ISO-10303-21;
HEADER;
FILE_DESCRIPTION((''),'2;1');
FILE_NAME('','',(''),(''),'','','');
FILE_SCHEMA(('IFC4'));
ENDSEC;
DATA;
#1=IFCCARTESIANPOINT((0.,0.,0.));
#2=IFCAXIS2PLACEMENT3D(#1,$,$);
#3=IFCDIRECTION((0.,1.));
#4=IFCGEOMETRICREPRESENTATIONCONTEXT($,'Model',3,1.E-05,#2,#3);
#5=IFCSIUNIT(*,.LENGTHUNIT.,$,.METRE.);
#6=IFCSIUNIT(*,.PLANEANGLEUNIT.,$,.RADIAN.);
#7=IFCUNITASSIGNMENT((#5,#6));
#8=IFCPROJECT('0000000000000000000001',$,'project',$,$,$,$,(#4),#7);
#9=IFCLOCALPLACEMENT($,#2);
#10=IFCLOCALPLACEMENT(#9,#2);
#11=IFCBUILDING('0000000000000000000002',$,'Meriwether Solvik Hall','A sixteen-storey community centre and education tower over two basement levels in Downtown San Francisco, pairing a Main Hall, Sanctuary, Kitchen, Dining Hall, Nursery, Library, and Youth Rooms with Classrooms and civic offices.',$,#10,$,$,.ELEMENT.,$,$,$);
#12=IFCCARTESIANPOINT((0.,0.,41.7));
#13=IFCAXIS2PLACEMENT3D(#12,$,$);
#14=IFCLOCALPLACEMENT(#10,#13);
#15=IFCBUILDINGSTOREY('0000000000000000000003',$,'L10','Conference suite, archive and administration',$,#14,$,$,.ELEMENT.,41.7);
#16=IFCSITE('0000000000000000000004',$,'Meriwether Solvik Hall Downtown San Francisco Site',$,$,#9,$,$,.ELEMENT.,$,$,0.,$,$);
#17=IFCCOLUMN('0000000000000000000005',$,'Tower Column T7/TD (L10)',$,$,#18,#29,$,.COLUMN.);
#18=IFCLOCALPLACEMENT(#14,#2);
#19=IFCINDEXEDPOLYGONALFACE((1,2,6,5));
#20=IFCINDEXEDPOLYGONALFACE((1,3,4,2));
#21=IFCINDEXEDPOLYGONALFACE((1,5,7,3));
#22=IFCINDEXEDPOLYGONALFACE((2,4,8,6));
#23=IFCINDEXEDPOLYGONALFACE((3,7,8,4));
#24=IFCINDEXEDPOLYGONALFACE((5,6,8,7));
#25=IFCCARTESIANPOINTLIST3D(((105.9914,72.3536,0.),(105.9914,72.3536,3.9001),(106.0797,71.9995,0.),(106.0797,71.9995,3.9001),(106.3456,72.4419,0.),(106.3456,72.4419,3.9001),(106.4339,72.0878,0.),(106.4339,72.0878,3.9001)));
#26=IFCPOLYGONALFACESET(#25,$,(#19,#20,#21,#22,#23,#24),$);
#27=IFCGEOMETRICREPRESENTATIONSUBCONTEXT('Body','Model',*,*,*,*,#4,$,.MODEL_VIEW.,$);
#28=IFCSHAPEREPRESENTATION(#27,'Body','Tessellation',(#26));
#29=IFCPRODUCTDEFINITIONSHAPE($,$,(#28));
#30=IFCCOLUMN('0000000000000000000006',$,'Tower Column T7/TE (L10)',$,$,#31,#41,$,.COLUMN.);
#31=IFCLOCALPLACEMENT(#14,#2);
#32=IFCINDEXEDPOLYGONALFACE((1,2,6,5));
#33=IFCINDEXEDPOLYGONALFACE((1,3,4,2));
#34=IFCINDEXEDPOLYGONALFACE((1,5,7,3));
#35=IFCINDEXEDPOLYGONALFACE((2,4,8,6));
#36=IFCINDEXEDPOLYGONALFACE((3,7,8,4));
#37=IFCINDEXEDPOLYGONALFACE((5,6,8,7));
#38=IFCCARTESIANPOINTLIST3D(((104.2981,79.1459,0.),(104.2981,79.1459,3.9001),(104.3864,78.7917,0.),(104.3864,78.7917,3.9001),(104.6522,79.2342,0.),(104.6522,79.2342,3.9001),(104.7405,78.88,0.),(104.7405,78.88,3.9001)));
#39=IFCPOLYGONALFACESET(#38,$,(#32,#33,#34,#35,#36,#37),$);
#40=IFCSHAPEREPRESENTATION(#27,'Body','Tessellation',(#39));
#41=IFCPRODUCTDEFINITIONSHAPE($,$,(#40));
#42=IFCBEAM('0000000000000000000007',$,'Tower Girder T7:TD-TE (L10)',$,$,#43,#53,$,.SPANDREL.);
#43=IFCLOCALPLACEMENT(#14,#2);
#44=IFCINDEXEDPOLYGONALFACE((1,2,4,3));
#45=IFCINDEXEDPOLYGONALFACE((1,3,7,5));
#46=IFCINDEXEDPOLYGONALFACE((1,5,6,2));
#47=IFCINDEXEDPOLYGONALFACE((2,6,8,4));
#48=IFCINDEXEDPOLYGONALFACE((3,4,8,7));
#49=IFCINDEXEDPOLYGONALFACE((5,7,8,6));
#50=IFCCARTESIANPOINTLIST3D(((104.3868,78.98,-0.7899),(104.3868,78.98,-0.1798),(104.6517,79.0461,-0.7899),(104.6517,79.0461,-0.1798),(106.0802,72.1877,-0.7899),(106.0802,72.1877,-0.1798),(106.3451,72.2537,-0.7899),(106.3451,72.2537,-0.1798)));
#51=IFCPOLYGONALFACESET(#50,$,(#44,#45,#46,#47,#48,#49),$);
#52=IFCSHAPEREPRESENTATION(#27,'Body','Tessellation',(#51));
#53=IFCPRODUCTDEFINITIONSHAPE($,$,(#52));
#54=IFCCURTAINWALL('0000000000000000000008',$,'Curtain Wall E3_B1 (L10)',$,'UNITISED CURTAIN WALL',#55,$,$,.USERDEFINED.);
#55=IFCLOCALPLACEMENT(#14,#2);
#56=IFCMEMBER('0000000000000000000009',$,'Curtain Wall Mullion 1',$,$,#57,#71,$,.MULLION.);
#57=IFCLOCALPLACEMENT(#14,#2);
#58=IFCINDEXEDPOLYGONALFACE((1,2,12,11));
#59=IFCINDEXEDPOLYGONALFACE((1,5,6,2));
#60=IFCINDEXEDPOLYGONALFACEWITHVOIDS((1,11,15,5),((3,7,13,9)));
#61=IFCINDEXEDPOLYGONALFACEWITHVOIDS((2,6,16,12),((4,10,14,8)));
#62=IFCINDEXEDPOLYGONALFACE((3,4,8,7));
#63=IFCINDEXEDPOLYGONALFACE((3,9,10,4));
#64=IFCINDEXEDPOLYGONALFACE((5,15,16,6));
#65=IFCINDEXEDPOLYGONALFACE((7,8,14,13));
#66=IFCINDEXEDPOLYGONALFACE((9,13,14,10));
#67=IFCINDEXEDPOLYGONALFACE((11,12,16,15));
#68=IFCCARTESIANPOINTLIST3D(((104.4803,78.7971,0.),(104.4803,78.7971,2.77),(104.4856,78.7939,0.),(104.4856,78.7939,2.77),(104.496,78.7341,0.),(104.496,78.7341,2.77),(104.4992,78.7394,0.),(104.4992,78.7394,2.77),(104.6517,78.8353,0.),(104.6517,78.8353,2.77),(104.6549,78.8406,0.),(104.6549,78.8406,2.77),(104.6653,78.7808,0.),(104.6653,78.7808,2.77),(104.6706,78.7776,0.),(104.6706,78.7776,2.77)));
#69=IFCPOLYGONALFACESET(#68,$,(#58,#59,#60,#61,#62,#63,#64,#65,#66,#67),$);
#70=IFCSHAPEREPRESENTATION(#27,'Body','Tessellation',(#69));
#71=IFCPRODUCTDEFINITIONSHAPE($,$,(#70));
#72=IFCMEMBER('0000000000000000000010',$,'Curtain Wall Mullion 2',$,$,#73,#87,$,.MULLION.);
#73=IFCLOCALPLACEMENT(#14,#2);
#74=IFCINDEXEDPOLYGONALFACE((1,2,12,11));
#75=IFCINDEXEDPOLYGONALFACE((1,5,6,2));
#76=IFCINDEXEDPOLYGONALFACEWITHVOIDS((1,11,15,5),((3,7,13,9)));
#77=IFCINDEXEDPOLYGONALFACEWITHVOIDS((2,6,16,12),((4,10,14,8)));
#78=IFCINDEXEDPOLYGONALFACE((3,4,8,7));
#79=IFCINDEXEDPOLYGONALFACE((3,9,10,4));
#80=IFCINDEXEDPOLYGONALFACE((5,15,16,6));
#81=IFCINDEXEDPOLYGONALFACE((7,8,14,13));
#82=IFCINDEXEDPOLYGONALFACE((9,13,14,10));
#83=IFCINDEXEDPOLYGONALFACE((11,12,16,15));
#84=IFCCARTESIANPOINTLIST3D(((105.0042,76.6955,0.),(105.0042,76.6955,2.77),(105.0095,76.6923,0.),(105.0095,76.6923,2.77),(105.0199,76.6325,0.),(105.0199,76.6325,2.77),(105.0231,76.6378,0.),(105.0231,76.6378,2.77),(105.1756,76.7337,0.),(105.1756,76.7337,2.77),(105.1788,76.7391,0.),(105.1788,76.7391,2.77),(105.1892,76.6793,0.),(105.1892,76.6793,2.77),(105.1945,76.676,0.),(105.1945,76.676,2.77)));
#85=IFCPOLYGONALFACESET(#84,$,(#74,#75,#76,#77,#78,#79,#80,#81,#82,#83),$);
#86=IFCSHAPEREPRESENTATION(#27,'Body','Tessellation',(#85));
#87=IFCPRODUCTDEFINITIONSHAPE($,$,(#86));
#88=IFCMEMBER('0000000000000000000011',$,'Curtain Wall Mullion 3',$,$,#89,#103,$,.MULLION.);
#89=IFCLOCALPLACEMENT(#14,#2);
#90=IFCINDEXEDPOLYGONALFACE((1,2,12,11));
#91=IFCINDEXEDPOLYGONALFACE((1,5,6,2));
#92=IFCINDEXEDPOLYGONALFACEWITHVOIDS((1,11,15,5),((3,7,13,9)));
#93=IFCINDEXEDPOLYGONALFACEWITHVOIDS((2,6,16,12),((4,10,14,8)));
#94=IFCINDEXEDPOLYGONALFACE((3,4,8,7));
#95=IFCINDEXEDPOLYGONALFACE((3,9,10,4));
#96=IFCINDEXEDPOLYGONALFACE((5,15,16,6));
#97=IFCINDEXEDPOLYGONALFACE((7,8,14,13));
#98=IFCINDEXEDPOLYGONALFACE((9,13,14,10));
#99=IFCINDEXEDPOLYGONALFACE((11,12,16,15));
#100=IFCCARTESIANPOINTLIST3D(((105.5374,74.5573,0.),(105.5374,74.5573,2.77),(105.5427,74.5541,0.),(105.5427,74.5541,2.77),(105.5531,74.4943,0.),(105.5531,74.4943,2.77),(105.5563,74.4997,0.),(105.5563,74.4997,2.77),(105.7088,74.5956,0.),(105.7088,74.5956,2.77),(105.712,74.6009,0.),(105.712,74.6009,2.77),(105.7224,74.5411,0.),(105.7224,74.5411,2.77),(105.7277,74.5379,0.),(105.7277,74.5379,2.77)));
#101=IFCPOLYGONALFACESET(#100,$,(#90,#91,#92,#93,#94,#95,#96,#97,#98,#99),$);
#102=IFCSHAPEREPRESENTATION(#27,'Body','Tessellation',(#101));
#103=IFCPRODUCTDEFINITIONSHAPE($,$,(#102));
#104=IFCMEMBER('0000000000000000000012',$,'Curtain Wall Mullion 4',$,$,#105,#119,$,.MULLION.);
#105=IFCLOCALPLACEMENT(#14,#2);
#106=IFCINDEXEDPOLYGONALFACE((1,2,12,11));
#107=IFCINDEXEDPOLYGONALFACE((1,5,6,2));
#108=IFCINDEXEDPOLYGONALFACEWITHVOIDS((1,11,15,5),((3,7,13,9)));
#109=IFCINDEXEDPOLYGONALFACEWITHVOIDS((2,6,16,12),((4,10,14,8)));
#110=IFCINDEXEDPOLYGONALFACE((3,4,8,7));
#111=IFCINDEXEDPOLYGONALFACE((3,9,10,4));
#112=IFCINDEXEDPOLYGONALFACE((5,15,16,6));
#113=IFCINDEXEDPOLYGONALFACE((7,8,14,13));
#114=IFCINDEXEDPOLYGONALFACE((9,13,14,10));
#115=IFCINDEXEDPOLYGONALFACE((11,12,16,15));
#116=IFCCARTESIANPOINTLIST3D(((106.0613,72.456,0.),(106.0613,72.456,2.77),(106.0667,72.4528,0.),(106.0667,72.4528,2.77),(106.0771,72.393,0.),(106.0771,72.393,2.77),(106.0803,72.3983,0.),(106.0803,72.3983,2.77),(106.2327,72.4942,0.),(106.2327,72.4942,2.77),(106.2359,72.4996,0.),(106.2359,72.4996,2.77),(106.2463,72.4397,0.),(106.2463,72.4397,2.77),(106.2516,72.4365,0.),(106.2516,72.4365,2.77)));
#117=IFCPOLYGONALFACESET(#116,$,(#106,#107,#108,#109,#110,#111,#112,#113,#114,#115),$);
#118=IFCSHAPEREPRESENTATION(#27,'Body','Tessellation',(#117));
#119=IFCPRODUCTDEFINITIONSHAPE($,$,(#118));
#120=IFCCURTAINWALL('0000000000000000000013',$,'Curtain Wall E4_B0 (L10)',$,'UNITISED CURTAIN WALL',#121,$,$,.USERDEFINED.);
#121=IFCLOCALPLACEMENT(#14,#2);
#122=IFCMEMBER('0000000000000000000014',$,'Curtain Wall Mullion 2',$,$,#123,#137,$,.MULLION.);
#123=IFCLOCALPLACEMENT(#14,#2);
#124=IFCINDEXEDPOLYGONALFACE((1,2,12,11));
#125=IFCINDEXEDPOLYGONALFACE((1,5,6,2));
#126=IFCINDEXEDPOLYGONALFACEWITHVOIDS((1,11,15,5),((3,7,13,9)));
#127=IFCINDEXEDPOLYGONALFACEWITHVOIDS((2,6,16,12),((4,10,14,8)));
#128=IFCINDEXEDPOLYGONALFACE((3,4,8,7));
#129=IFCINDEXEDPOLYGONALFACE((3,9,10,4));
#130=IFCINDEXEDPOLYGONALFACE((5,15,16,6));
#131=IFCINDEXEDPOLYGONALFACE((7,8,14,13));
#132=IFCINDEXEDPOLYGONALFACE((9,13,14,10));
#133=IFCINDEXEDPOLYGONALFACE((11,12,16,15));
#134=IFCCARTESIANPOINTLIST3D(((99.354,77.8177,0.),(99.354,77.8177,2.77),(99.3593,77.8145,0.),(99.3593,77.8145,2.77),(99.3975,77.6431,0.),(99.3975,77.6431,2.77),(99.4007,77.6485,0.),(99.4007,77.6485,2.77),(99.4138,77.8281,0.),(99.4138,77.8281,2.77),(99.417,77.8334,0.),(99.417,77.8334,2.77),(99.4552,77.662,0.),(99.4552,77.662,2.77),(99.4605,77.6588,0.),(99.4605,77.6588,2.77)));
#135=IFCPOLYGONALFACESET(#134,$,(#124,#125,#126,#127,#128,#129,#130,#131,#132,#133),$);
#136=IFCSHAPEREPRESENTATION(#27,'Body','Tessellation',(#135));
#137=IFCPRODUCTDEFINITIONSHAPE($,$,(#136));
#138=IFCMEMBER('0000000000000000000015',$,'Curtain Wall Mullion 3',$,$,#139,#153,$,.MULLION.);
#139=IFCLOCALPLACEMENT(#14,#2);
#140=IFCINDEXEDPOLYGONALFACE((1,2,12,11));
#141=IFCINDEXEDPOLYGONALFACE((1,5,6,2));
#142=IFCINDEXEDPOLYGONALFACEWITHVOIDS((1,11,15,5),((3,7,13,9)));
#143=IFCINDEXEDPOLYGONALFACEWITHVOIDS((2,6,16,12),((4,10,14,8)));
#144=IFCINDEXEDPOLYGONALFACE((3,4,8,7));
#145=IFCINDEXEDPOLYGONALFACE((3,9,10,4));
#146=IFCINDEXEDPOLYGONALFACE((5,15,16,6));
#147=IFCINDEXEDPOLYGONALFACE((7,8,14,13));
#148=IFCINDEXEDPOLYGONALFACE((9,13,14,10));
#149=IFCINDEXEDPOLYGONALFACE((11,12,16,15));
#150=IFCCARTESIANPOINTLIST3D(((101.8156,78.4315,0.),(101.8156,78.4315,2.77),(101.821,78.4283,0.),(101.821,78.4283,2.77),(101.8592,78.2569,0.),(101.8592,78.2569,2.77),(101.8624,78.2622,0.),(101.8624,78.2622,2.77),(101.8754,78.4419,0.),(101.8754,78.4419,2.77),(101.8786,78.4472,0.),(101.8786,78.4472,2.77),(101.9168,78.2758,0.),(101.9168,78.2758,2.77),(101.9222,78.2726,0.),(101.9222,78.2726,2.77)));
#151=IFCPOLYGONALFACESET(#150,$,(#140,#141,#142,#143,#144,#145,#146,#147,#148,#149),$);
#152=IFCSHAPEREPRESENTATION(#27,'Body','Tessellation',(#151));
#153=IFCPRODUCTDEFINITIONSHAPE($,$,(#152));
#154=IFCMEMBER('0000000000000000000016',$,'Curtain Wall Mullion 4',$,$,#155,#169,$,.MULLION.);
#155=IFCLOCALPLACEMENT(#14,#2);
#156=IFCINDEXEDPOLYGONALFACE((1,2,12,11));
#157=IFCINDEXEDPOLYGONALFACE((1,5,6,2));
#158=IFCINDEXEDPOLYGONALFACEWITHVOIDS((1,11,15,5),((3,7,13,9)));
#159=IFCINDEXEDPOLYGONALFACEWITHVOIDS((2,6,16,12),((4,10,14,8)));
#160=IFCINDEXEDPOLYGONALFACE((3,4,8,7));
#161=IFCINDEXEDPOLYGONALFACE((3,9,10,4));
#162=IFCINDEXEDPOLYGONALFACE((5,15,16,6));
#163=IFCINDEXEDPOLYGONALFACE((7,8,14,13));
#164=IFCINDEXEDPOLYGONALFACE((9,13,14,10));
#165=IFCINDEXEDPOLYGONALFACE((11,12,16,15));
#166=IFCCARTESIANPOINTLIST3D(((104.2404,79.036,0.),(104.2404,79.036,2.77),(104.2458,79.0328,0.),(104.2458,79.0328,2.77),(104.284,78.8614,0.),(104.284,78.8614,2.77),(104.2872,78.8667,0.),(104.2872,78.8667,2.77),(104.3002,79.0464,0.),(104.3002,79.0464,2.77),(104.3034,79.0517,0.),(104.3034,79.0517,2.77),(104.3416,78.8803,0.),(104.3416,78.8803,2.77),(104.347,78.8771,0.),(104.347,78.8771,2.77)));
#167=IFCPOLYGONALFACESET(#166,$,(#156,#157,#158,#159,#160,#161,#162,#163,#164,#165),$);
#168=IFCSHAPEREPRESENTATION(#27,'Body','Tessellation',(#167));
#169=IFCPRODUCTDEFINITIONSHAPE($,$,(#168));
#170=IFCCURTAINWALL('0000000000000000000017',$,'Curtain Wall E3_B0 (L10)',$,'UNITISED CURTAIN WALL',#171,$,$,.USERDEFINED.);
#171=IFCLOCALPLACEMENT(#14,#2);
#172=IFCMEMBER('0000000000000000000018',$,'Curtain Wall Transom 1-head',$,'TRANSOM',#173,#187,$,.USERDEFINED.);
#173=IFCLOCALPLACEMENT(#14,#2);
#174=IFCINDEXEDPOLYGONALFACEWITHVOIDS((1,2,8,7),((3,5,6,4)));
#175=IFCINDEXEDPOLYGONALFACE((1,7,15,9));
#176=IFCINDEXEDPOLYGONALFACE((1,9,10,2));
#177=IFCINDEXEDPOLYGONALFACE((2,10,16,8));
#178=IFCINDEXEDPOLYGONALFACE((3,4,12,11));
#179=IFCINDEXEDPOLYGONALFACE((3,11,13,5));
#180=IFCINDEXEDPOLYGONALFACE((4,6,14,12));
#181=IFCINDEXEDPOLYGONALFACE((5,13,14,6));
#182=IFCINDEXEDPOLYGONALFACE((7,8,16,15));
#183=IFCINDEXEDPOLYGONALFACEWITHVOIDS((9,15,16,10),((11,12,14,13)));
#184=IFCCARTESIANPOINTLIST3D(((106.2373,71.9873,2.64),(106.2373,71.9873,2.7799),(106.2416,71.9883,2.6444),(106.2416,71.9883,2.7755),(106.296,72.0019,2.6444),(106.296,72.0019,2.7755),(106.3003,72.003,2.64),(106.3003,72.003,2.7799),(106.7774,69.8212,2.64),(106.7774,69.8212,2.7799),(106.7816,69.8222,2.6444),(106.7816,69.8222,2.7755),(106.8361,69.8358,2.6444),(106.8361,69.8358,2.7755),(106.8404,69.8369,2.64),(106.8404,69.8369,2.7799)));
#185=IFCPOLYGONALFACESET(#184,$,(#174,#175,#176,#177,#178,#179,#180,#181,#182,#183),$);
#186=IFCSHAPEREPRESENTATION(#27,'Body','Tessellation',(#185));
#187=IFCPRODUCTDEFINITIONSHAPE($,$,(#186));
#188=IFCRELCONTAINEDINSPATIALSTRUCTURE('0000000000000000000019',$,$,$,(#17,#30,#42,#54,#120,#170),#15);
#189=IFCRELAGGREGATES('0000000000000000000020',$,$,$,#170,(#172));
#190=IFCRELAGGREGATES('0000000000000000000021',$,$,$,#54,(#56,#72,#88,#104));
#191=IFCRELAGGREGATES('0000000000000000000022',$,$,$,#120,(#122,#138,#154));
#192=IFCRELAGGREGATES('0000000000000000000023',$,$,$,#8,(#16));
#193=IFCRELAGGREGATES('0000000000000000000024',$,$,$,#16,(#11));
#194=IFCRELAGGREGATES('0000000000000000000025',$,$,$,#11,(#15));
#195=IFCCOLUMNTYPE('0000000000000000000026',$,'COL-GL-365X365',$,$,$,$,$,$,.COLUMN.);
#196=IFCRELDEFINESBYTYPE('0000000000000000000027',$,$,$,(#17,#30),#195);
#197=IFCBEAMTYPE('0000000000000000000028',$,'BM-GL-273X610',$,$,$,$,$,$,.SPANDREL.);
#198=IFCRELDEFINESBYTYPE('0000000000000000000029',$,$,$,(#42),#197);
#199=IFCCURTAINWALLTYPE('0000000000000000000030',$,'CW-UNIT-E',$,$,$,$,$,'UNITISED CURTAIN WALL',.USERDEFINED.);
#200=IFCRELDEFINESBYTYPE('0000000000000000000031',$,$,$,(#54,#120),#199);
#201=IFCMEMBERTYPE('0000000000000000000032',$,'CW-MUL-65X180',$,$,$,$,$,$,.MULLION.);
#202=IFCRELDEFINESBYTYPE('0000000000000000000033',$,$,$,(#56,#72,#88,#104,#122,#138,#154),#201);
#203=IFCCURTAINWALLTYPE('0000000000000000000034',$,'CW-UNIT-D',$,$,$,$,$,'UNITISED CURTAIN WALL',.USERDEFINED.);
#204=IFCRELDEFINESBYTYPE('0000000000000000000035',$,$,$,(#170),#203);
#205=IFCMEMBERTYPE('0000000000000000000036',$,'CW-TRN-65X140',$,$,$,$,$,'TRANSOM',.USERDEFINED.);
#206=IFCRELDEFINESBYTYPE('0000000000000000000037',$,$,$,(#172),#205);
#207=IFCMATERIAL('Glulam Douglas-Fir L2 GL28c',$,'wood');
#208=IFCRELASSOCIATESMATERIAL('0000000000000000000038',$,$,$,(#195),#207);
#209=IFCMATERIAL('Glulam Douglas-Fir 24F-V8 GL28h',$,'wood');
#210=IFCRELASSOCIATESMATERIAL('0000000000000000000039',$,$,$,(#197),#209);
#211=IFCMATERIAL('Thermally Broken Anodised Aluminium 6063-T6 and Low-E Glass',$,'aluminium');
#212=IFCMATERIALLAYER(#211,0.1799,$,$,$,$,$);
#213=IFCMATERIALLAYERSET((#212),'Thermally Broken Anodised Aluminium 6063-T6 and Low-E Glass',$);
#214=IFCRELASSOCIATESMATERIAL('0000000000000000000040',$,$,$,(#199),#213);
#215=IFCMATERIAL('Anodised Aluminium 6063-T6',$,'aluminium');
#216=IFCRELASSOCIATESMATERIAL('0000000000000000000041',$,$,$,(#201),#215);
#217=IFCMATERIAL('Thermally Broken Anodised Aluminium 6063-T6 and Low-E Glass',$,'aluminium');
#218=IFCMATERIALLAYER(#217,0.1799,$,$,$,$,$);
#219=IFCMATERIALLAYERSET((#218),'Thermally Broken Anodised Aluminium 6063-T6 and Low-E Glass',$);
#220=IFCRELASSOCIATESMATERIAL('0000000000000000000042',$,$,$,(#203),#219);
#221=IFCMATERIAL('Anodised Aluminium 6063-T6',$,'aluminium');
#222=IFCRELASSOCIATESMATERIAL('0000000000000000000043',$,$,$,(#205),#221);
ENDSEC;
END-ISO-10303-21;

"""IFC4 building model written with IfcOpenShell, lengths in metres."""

from ifc_helpers import new_model, si_unit, direction, frame, origin, origin_2d, place, context, subcontext, project, spatial, rectangle, hollow_rectangle, extrude, material, layer, layer_set, material_profile, profile_set, type_object, element, aggregate, save


model = new_model("IFC4")

# Units and contexts
model_context = context("Model", 3, precision=1e-05, world=origin(), true_north=direction((0.0, 1.0)))
body_context = subcontext(model_context, "Body", "Model", "MODEL_VIEW")
ifc_project = project(units=[si_unit("LENGTHUNIT", "METRE"), si_unit("PLANEANGLEUNIT", "RADIAN")], contexts=[model_context])

# Site, building, storey
site_placement = place(None, origin())
site = spatial("IfcSite", under=ifc_project, at=site_placement, Name="Meriwether Solvik Hall Downtown San Francisco Site", CompositionType="ELEMENT", RefElevation=0.0)
building_placement = place(site_placement, origin())
building = spatial("IfcBuilding", under=site, at=building_placement, Name="Meriwether Solvik Hall", Description="A sixteen-storey community centre and education tower over two basement levels in Downtown San Francisco, pairing a Main Hall, Sanctuary, Kitchen, Dining Hall, Nursery, Library, and Youth Rooms with Classrooms and civic offices.", CompositionType="ELEMENT")
storey_placement = place(building_placement, frame((0.0, 0.0, 41.7)))
storey = spatial("IfcBuildingStorey", under=building, at=storey_placement, Name="L10", Description="Conference suite, archive and administration", CompositionType="ELEMENT", Elevation=41.7)

# Columns
ifc_material_1 = material(Name="Glulam Douglas-Fir L2 GL28c", Category="wood")
ifc_material_profile_1 = material_profile(ifc_material_1, rectangle(XDim=0.365, YDim=0.365, at=origin_2d()), Name="GLC-365X365")
ifc_profile_set_1 = profile_set([ifc_material_profile_1], Name="Glulam Douglas-Fir L2 GL28c")
column_type = type_object("IfcColumnType", Name="COL-GL-365X365", PredefinedType="COLUMN", material=ifc_profile_set_1)
for number, where, z_axis, x_axis, name in (
    (1, (106.2126, 72.2207, 0.0), (0.0, 0.0, 1.0), (0.970296, 0.241922, 0.0), "Tower Column T7/TD (L10)"),
    (2, (104.5193, 79.0129, 0.0), (0.0, 0.0, 1.0), (0.970296, 0.241922, 0.0), "Tower Column T7/TE (L10)"),
):
    element("IfcColumn", number, at=place(storey_placement, frame(where, z_axis=z_axis, x_axis=x_axis)), inside=storey, type_object=column_type, Name=name, PredefinedType="COLUMN", context=body_context, shape_type="SweptSolid", body=[
        extrude(rectangle(XDim=0.365, YDim=0.365, at=origin_2d()), origin(), (0.0, 0.0, 1.0), 3.9001),
    ])

# Beam
ifc_material_2 = material(Name="Glulam Douglas-Fir 24F-V8 GL28h", Category="wood")
ifc_material_profile_2 = material_profile(ifc_material_2, rectangle(XDim=0.2729, YDim=0.6101, at=origin_2d()), Name="GLB-273X610")
ifc_profile_set_2 = profile_set([ifc_material_profile_2], Name="Glulam Douglas-Fir 24F-V8 GL28h")
beam_type = type_object("IfcBeamType", Name="BM-GL-273X610", PredefinedType="SPANDREL", material=ifc_profile_set_2)
beam_placement = place(storey_placement, frame((106.2126, 72.2207, -0.4849), z_axis=(-0.241904, 0.9703, 0.0), x_axis=(-0.9703, -0.241904, 0.0)))
element("IfcBeam", 3, at=beam_placement, inside=storey, type_object=beam_type, Name="Tower Girder T7:TD-TE (L10)", PredefinedType="SPANDREL", context=body_context, shape_type="SweptSolid", body=[
    extrude(rectangle(XDim=0.2729, YDim=0.6101, at=origin_2d()), origin(), (0.0, 0.0, 1.0), 7.0002),
])

# Curtain walls, members
ifc_material_3 = material(Name="Thermally Broken Anodised Aluminium 6063-T6 and Low-E Glass", Category="aluminium")
ifc_layer_1 = layer(ifc_material_3, 0.1799)
ifc_layer_set_1 = layer_set([ifc_layer_1], Name="Thermally Broken Anodised Aluminium 6063-T6 and Low-E Glass")
curtain_wall_type_1 = type_object("IfcCurtainWallType", Name="CW-UNIT-E", ElementType="UNITISED CURTAIN WALL", PredefinedType="USERDEFINED", material=ifc_layer_set_1)
curtain_wall_1_placement = place(storey_placement, origin())
curtain_wall_1 = element("IfcCurtainWall", 4, at=curtain_wall_1_placement, inside=storey, type_object=curtain_wall_type_1, Name="Curtain Wall E3_B1 (L10)", ObjectType="UNITISED CURTAIN WALL", PredefinedType="USERDEFINED")
ifc_material_4 = material(Name="Anodised Aluminium 6063-T6", Category="aluminium")
ifc_material_profile_3 = material_profile(ifc_material_4, hollow_rectangle(XDim=0.0649, YDim=0.1799, WallThickness=0.0044, at=origin_2d()), Name="CWM-65X180")
ifc_profile_set_3 = profile_set([ifc_material_profile_3], Name="Anodised Aluminium 6063-T6")
member_type_1 = type_object("IfcMemberType", Name="CW-MUL-65X180", PredefinedType="MULLION", material=ifc_profile_set_3)
member_1_placement = place(storey_placement, frame((104.5754, 78.7874, 0.0), z_axis=(0.0, 0.0, 1.0), x_axis=(0.241922, -0.970296, 0.0)))
member_1 = element("IfcMember", 5, at=member_1_placement, type_object=member_type_1, Name="Curtain Wall Mullion 1", PredefinedType="MULLION", context=body_context, shape_type="SweptSolid", body=[
    extrude(hollow_rectangle(XDim=0.0649, YDim=0.1799, WallThickness=0.0044, at=origin_2d()), origin(), (0.0, 0.0, 1.0), 2.77),
])
member_2_placement = place(storey_placement, frame((105.0994, 76.6858, 0.0), z_axis=(0.0, 0.0, 1.0), x_axis=(0.241922, -0.970296, 0.0)))
member_2 = element("IfcMember", 6, at=member_2_placement, type_object=member_type_1, Name="Curtain Wall Mullion 2", PredefinedType="MULLION", context=body_context, shape_type="SweptSolid", body=[
    extrude(hollow_rectangle(XDim=0.0649, YDim=0.1799, WallThickness=0.0044, at=origin_2d()), origin(), (0.0, 0.0, 1.0), 2.77),
])
member_3_placement = place(storey_placement, frame((105.6326, 74.5476, 0.0), z_axis=(0.0, 0.0, 1.0), x_axis=(0.241922, -0.970296, 0.0)))
member_3 = element("IfcMember", 7, at=member_3_placement, type_object=member_type_1, Name="Curtain Wall Mullion 3", PredefinedType="MULLION", context=body_context, shape_type="SweptSolid", body=[
    extrude(hollow_rectangle(XDim=0.0649, YDim=0.1799, WallThickness=0.0044, at=origin_2d()), origin(), (0.0, 0.0, 1.0), 2.77),
])
member_4_placement = place(storey_placement, frame((106.1565, 72.4463, 0.0), z_axis=(0.0, 0.0, 1.0), x_axis=(0.241922, -0.970296, 0.0)))
member_4 = element("IfcMember", 8, at=member_4_placement, type_object=member_type_1, Name="Curtain Wall Mullion 4", PredefinedType="MULLION", context=body_context, shape_type="SweptSolid", body=[
    extrude(hollow_rectangle(XDim=0.0649, YDim=0.1799, WallThickness=0.0044, at=origin_2d()), origin(), (0.0, 0.0, 1.0), 2.77),
])
curtain_wall_2_placement = place(storey_placement, origin())
curtain_wall_2 = element("IfcCurtainWall", 9, at=curtain_wall_2_placement, inside=storey, type_object=curtain_wall_type_1, Name="Curtain Wall E4_B0 (L10)", ObjectType="UNITISED CURTAIN WALL", PredefinedType="USERDEFINED")
member_5_placement = place(storey_placement, frame((99.4072, 77.7383, 0.0), z_axis=(0.0, 0.0, 1.0), x_axis=(0.970296, 0.241922, 0.0)))
member_5 = element("IfcMember", 10, at=member_5_placement, type_object=member_type_1, Name="Curtain Wall Mullion 2", PredefinedType="MULLION", context=body_context, shape_type="SweptSolid", body=[
    extrude(hollow_rectangle(XDim=0.0649, YDim=0.1799, WallThickness=0.0044, at=origin_2d()), origin(), (0.0, 0.0, 1.0), 2.77),
])
member_6_placement = place(storey_placement, frame((101.8689, 78.3521, 0.0), z_axis=(0.0, 0.0, 1.0), x_axis=(0.970296, 0.241922, 0.0)))
member_6 = element("IfcMember", 11, at=member_6_placement, type_object=member_type_1, Name="Curtain Wall Mullion 3", PredefinedType="MULLION", context=body_context, shape_type="SweptSolid", body=[
    extrude(hollow_rectangle(XDim=0.0649, YDim=0.1799, WallThickness=0.0044, at=origin_2d()), origin(), (0.0, 0.0, 1.0), 2.77),
])
member_7_placement = place(storey_placement, frame((104.2937, 78.9565, 0.0), z_axis=(0.0, 0.0, 1.0), x_axis=(0.970296, 0.241922, 0.0)))
member_7 = element("IfcMember", 12, at=member_7_placement, type_object=member_type_1, Name="Curtain Wall Mullion 4", PredefinedType="MULLION", context=body_context, shape_type="SweptSolid", body=[
    extrude(hollow_rectangle(XDim=0.0649, YDim=0.1799, WallThickness=0.0044, at=origin_2d()), origin(), (0.0, 0.0, 1.0), 2.77),
])

# Curtain wall, member
ifc_material_5 = material(Name="Thermally Broken Anodised Aluminium 6063-T6 and Low-E Glass", Category="aluminium")
ifc_layer_2 = layer(ifc_material_5, 0.1799)
ifc_layer_set_2 = layer_set([ifc_layer_2], Name="Thermally Broken Anodised Aluminium 6063-T6 and Low-E Glass")
curtain_wall_type_2 = type_object("IfcCurtainWallType", Name="CW-UNIT-D", ElementType="UNITISED CURTAIN WALL", PredefinedType="USERDEFINED", material=ifc_layer_set_2)
curtain_wall_3_placement = place(storey_placement, origin())
curtain_wall_3 = element("IfcCurtainWall", 13, at=curtain_wall_3_placement, inside=storey, type_object=curtain_wall_type_2, Name="Curtain Wall E3_B0 (L10)", ObjectType="UNITISED CURTAIN WALL", PredefinedType="USERDEFINED")
ifc_material_6 = material(Name="Anodised Aluminium 6063-T6", Category="aluminium")
ifc_material_profile_4 = material_profile(ifc_material_6, hollow_rectangle(XDim=0.0649, YDim=0.1399, WallThickness=0.0044, at=origin_2d()), Name="CWT-65X140")
ifc_profile_set_4 = profile_set([ifc_material_profile_4], Name="Anodised Aluminium 6063-T6")
member_type_2 = type_object("IfcMemberType", Name="CW-TRN-65X140", ElementType="TRANSOM", PredefinedType="USERDEFINED", material=ifc_profile_set_4)
member_8_placement = place(storey_placement, frame((106.2688, 71.9951, 2.71), z_axis=(0.241918, -0.970297, 0.0), x_axis=(0.970297, 0.241918, 0.0)))
member_8 = element("IfcMember", 14, at=member_8_placement, type_object=member_type_2, Name="Curtain Wall Transom 1-head", ObjectType="TRANSOM", PredefinedType="USERDEFINED", context=body_context, shape_type="SweptSolid", body=[
    extrude(hollow_rectangle(XDim=0.0649, YDim=0.1399, WallThickness=0.0044, at=origin_2d()), origin(), (0.0, 0.0, 1.0), 2.2324),
])
aggregate(curtain_wall_3, [member_8])

aggregate(curtain_wall_1, [member_1, member_2, member_3, member_4])
aggregate(curtain_wall_2, [member_5, member_6, member_7])

save(model, "model.ifc")
